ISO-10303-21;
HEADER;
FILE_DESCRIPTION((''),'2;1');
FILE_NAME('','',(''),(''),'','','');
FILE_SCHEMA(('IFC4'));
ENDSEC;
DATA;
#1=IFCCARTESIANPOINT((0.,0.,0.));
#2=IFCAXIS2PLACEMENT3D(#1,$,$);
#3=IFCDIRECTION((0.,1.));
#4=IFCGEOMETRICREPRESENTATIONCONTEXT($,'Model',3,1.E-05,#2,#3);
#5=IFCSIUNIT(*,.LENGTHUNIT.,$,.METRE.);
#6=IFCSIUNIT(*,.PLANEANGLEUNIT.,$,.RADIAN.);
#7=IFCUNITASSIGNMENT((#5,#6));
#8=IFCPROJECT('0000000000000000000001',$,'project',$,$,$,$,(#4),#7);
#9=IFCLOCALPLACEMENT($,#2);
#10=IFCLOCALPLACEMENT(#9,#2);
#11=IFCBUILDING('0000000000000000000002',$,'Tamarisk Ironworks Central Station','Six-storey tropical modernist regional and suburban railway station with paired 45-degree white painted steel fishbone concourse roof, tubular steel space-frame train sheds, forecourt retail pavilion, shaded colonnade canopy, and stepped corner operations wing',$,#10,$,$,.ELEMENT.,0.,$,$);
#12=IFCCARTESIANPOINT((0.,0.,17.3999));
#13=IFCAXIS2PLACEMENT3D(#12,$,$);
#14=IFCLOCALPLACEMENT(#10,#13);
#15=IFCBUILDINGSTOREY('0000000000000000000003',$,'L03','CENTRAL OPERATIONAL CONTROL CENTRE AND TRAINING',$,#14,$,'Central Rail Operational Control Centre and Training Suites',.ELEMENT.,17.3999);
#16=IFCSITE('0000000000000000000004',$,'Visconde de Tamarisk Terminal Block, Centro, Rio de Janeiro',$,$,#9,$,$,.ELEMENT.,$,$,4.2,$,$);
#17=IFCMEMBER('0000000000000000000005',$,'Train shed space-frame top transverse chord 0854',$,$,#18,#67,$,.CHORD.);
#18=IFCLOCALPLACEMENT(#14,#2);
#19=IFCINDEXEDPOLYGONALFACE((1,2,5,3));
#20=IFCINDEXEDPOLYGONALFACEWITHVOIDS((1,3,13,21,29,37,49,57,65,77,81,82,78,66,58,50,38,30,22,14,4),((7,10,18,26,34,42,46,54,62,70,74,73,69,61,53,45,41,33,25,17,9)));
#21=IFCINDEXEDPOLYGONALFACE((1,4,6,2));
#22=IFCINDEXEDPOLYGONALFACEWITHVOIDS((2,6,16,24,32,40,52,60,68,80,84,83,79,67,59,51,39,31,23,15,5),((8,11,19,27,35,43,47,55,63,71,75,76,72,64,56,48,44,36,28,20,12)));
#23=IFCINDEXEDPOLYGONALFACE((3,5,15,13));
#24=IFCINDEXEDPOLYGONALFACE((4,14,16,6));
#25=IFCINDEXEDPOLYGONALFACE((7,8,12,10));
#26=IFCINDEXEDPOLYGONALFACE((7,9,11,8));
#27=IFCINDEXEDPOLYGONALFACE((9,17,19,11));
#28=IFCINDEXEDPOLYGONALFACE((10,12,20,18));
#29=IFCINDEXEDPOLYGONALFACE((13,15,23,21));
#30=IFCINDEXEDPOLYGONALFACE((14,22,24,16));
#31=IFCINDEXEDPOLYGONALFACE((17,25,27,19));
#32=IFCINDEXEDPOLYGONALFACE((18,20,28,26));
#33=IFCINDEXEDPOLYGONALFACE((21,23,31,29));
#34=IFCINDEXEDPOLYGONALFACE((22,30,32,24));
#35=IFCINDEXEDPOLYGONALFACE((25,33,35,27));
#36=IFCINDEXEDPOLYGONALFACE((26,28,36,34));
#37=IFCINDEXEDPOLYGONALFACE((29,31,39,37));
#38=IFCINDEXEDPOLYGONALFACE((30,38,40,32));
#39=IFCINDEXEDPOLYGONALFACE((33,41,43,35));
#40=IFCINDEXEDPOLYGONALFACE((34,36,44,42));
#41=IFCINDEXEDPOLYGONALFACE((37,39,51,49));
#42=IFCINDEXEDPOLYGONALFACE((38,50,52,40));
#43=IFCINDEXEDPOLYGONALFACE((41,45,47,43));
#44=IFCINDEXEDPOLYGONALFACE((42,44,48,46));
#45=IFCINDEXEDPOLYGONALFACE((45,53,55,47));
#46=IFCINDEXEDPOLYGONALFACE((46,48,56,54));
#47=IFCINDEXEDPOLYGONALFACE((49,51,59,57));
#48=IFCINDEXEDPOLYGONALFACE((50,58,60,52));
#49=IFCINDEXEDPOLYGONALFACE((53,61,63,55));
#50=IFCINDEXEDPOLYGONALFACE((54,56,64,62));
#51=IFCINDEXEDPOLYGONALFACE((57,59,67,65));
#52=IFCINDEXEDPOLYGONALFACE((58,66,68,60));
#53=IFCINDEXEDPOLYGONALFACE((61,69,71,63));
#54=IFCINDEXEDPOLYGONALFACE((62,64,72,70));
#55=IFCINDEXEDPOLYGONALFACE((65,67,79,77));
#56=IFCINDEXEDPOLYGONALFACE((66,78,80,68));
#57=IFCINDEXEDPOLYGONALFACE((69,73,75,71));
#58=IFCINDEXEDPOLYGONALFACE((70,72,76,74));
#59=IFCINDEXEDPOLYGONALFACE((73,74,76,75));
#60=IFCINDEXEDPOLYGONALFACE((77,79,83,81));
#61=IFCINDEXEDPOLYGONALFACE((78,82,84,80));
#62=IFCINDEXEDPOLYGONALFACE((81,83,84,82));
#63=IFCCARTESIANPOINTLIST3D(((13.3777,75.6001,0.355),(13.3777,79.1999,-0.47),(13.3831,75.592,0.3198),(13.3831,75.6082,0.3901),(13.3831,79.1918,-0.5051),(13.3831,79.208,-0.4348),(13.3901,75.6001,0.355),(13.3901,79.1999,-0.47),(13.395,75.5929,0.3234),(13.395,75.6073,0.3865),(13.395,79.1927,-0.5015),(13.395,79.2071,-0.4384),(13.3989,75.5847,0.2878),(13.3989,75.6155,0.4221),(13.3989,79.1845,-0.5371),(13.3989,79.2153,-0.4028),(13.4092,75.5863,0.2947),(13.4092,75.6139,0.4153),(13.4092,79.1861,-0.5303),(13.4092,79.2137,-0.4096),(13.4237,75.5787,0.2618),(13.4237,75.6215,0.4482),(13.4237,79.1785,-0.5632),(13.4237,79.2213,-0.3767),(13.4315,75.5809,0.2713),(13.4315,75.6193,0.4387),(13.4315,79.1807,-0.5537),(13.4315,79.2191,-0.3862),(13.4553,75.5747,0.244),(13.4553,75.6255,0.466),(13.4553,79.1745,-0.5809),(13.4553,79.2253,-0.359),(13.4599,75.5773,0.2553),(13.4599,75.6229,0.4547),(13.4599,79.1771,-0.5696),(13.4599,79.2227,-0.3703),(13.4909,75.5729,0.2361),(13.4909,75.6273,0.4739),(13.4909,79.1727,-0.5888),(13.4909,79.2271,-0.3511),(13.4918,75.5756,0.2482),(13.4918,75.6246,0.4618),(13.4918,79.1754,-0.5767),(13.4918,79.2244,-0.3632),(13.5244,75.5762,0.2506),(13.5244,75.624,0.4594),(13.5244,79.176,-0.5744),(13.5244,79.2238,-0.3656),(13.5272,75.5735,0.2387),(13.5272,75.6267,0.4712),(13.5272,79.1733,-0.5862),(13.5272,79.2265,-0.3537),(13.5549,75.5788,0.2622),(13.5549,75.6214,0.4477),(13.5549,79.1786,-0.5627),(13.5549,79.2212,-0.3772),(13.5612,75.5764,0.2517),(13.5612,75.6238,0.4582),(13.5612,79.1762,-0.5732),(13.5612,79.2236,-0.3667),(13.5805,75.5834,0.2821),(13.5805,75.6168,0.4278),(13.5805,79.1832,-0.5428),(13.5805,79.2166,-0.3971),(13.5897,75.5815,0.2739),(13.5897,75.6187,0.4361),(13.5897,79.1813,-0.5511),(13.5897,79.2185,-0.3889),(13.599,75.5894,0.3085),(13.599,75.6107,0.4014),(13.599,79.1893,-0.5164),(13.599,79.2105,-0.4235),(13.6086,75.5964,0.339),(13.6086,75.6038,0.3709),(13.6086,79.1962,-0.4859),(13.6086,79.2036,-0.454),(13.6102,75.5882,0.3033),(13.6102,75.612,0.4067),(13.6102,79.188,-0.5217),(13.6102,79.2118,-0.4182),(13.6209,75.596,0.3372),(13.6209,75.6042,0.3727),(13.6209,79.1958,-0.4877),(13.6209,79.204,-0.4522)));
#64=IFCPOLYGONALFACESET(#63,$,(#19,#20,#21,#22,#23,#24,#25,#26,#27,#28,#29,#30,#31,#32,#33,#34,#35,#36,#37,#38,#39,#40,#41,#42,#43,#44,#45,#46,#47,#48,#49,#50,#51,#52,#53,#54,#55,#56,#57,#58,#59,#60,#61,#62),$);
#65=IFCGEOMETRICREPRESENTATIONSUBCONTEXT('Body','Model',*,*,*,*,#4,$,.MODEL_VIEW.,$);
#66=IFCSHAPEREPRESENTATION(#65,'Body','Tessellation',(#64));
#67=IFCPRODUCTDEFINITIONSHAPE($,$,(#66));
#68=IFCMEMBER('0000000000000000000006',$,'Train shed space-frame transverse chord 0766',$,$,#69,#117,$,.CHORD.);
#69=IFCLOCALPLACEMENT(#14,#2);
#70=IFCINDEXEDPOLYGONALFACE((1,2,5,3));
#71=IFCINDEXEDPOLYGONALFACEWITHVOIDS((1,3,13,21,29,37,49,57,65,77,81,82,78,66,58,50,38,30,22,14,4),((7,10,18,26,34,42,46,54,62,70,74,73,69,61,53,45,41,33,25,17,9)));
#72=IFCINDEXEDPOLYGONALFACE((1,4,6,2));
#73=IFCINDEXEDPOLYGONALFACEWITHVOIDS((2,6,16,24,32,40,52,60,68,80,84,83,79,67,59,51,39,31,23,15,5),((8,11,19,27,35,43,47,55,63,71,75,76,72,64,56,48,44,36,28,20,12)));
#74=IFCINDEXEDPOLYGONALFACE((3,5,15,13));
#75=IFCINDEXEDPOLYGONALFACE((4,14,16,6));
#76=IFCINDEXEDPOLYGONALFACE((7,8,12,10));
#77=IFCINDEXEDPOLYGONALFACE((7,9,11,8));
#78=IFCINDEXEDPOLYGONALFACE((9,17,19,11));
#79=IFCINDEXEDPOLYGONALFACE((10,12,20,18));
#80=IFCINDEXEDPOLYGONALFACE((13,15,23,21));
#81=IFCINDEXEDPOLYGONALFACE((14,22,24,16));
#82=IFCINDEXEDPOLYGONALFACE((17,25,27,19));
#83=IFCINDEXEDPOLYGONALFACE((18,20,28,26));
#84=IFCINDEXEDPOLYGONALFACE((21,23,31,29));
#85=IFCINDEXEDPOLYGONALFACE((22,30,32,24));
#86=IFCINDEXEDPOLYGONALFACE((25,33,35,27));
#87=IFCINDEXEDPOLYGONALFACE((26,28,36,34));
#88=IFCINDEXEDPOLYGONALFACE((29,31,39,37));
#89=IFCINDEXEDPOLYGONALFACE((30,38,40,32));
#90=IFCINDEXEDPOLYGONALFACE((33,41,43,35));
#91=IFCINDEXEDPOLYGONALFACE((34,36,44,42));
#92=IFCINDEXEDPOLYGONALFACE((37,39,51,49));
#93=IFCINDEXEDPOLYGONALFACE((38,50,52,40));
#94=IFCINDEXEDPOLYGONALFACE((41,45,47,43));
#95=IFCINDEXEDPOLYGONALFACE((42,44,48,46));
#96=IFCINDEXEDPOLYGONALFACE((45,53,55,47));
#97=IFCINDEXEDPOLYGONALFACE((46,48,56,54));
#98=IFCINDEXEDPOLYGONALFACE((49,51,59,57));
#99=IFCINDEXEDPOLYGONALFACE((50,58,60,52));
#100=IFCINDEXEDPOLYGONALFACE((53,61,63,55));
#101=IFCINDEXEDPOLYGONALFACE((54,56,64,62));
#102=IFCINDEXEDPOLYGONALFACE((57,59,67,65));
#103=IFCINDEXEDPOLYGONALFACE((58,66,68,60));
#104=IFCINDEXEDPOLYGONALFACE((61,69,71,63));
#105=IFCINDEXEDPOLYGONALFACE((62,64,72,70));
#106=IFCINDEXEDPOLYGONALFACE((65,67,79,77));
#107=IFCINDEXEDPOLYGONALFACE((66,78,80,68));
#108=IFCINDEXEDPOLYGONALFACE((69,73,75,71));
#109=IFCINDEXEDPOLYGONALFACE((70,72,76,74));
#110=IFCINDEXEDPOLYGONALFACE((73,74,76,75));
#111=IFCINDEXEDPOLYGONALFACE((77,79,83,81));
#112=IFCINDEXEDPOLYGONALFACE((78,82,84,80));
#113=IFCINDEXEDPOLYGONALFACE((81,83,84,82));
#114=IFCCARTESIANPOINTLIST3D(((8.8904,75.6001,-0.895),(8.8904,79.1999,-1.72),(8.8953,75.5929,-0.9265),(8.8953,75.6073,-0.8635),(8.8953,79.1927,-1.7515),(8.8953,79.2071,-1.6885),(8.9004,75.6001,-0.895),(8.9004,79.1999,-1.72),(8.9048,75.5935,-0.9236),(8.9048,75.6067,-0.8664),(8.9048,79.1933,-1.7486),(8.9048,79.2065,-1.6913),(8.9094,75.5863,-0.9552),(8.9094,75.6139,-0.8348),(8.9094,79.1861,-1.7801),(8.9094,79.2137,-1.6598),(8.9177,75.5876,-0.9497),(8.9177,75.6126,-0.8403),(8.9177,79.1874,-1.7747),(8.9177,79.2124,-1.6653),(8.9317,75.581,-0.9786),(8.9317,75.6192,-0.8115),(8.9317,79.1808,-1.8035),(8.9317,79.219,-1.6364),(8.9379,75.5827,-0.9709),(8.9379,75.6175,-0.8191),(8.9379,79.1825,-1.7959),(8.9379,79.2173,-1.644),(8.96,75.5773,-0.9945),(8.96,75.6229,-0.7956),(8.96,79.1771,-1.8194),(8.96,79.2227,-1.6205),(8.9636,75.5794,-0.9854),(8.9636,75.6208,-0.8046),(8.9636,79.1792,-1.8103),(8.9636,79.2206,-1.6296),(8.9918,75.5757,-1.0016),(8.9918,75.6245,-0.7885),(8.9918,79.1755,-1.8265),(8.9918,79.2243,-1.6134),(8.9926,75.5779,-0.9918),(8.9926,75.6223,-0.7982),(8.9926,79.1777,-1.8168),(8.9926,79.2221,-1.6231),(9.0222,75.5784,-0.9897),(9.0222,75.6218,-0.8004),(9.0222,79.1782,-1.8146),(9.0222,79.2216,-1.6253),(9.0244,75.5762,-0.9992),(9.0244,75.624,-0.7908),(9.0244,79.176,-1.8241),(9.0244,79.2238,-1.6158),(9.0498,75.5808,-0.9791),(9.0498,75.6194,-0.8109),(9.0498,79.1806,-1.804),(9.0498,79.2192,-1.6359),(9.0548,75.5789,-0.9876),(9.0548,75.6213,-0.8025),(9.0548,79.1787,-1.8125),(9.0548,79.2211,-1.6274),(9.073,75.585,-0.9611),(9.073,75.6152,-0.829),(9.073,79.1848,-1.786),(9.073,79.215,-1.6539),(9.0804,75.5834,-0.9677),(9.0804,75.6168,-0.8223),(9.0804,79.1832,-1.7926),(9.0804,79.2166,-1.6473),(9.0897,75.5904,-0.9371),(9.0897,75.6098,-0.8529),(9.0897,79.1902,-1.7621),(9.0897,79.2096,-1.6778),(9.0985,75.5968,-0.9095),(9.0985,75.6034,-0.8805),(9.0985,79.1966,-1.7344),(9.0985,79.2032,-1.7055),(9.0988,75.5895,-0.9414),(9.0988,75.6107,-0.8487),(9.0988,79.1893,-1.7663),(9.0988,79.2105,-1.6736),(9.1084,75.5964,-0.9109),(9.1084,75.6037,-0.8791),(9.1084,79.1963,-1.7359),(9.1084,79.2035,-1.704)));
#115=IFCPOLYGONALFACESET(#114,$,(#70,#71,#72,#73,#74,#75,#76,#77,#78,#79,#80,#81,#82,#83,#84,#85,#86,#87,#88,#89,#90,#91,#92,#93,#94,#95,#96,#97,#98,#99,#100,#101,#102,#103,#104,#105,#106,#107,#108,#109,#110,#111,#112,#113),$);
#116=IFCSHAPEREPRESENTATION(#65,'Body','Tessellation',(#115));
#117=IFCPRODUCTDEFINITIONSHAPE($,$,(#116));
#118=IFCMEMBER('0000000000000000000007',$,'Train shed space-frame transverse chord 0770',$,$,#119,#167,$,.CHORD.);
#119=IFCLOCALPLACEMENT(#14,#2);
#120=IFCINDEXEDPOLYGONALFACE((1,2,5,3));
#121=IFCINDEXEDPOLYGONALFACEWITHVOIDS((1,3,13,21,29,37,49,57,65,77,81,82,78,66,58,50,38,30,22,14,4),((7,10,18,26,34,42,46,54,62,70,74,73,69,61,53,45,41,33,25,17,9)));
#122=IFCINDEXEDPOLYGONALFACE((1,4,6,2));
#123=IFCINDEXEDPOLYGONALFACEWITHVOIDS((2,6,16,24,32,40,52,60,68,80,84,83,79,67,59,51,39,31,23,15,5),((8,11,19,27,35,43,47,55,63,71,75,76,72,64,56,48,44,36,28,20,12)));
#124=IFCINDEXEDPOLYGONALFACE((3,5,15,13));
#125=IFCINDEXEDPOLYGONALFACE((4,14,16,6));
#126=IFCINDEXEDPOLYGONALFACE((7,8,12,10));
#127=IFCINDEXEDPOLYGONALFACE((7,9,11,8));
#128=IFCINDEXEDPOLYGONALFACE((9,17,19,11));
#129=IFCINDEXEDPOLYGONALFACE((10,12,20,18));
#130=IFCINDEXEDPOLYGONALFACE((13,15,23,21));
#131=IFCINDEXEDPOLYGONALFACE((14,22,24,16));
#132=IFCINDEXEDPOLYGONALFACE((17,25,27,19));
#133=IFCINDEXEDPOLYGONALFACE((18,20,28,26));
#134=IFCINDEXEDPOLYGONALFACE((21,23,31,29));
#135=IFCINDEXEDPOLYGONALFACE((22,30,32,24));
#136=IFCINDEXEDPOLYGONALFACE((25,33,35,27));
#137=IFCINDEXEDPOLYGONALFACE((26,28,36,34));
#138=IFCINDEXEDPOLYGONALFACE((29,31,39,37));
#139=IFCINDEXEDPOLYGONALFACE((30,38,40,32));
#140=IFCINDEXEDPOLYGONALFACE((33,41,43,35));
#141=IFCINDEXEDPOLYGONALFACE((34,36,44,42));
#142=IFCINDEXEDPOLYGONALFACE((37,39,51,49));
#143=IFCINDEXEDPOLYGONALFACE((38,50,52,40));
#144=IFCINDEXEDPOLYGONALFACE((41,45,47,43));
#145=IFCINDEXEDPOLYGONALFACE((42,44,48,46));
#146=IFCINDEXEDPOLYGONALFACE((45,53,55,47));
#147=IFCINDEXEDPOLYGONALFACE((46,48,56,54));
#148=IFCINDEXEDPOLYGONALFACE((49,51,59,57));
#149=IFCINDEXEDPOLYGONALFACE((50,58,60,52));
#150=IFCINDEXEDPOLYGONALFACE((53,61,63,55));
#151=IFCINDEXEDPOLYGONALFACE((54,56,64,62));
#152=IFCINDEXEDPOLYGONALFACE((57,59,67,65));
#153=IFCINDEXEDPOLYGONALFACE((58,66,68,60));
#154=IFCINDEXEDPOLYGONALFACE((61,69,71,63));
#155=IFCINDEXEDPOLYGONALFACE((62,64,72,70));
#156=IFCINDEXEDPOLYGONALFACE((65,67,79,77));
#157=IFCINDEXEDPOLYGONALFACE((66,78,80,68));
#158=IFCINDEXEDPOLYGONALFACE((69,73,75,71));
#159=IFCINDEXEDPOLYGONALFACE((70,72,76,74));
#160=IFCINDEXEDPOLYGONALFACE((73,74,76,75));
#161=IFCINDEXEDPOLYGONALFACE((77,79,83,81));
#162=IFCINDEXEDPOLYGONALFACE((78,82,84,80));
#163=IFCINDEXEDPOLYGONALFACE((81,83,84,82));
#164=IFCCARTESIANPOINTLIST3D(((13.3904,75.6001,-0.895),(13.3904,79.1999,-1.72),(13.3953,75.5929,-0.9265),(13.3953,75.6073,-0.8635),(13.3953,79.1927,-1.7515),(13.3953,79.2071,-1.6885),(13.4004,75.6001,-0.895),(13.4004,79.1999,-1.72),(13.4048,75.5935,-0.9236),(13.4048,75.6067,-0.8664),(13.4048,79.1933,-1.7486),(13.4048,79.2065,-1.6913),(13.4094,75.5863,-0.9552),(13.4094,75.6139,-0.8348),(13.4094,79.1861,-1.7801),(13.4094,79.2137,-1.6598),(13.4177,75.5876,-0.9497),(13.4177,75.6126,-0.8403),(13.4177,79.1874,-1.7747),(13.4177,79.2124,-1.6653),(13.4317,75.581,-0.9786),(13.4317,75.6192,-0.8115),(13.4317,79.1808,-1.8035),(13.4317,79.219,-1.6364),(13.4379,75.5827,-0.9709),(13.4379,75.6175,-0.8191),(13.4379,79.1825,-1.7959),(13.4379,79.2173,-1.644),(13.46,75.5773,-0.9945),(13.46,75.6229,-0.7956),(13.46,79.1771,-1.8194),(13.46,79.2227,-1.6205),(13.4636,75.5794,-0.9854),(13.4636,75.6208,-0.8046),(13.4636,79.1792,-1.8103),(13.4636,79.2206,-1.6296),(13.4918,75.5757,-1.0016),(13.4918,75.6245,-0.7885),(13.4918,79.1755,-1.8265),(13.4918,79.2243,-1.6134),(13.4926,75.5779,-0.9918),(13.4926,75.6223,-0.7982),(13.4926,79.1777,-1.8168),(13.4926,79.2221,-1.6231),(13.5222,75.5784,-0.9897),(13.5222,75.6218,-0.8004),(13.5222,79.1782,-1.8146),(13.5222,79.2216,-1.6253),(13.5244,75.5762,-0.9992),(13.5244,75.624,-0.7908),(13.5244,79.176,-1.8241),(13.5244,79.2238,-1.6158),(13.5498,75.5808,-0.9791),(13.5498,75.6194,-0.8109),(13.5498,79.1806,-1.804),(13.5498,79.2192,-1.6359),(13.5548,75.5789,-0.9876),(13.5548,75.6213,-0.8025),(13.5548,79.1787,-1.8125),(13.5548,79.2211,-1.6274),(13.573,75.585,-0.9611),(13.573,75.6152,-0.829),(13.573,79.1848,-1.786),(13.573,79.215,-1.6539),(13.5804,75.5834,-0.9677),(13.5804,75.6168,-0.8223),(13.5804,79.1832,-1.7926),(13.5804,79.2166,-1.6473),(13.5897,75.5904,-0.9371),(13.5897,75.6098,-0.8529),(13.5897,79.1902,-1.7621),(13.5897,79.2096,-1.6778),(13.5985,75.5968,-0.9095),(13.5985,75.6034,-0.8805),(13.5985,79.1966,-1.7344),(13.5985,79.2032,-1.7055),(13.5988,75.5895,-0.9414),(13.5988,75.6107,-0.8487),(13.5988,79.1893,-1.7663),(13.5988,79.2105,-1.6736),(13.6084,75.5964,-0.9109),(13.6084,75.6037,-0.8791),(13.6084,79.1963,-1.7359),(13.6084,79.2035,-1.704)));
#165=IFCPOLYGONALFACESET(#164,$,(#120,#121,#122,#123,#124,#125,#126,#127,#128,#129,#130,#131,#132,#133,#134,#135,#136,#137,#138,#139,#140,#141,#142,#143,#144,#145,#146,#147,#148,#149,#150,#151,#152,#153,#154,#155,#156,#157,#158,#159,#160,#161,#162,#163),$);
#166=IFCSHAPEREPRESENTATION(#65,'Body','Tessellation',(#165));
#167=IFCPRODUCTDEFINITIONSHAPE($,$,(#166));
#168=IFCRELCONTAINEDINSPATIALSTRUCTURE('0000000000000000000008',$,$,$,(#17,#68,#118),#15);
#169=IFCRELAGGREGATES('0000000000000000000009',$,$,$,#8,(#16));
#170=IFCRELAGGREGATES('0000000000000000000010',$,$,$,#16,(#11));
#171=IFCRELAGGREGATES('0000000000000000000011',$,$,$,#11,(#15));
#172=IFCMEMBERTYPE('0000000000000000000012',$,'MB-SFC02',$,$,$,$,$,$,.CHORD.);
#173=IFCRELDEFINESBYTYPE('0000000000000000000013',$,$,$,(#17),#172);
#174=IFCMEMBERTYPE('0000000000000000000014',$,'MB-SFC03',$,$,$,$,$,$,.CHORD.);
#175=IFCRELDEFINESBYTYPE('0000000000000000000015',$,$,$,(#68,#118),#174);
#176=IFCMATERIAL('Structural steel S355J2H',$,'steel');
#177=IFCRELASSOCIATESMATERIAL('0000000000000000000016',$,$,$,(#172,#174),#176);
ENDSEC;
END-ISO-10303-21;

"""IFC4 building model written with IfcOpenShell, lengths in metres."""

from ifc_helpers import new_model, si_unit, direction, frame, origin, origin_2d, place, context, subcontext, project, spatial, hollow_circle, extrude, material, material_profile, profile_set, type_object, element, save


model = new_model("IFC4")

# Units and contexts
model_context = context("Model", 3, precision=1e-05, world=origin(), true_north=direction((0.0, 1.0)))
body_context = subcontext(model_context, "Body", "Model", "MODEL_VIEW")
ifc_project = project(units=[si_unit("LENGTHUNIT", "METRE"), si_unit("PLANEANGLEUNIT", "RADIAN")], contexts=[model_context])

# Site, building, storey
site_placement = place(None, origin())
site = spatial("IfcSite", under=ifc_project, at=site_placement, Name="Visconde de Tamarisk Terminal Block, Centro, Rio de Janeiro", CompositionType="ELEMENT", RefElevation=4.2)
building_placement = place(site_placement, origin())
building = spatial("IfcBuilding", under=site, at=building_placement, Name="Tamarisk Ironworks Central Station", Description="Six-storey tropical modernist regional and suburban railway station with paired 45-degree white painted steel fishbone concourse roof, tubular steel space-frame train sheds, forecourt retail pavilion, shaded colonnade canopy, and stepped corner operations wing", CompositionType="ELEMENT", ElevationOfRefHeight=0.0)
storey_placement = place(building_placement, frame((0.0, 0.0, 17.3999)))
storey = spatial("IfcBuildingStorey", under=building, at=storey_placement, Name="L03", Description="CENTRAL OPERATIONAL CONTROL CENTRE AND TRAINING", LongName="Central Rail Operational Control Centre and Training Suites", CompositionType="ELEMENT", Elevation=17.3999)

# Members
ifc_material_1 = material(Name="Structural steel S355J2H", Category="steel")
ifc_material_profile_1 = material_profile(ifc_material_1, hollow_circle(Radius=0.1223, WallThickness=0.0125, at=origin_2d()), Name="CHS 244.5x12.5")
ifc_profile_set_1 = profile_set([ifc_material_profile_1], Name="Structural steel S355J2H")
member_type_1 = type_object("IfcMemberType", Name="MB-SFC02", PredefinedType="CHORD", material=ifc_profile_set_1)
for number, where, z_axis, x_axis, name in (
    (1, (13.5, 75.6001, 0.355), (0.0, 0.974733, -0.223372), (-1.0, 0.0, 0.0), "Train shed space-frame top transverse chord 0854"),
):
    element("IfcMember", number, at=place(storey_placement, frame(where, z_axis=z_axis, x_axis=x_axis)), inside=storey, type_object=member_type_1, Name=name, PredefinedType="CHORD", context=body_context, shape_type="SweptSolid", body=[
        extrude(hollow_circle(Radius=0.1223, WallThickness=0.0125, at=origin_2d()), origin(), (0.0, 0.0, 1.0), 3.6931),
    ])
ifc_material_profile_2 = material_profile(ifc_material_1, hollow_circle(Radius=0.1096, WallThickness=0.01, at=origin_2d()), Name="CHS 219.1x10")
ifc_profile_set_2 = profile_set([ifc_material_profile_2], Name="Structural steel S355J2H")
member_type_2 = type_object("IfcMemberType", Name="MB-SFC03", PredefinedType="CHORD", material=ifc_profile_set_2)
for number, where, z_axis, x_axis, name in (
    (2, (9.0, 75.6001, -0.895), (0.0, 0.974733, -0.223372), (-1.0, 0.0, 0.0), "Train shed space-frame transverse chord 0766"),
    (3, (13.5, 75.6001, -0.895), (0.0, 0.974733, -0.223372), (-1.0, 0.0, 0.0), "Train shed space-frame transverse chord 0770"),
):
    element("IfcMember", number, at=place(storey_placement, frame(where, z_axis=z_axis, x_axis=x_axis)), inside=storey, type_object=member_type_2, Name=name, PredefinedType="CHORD", context=body_context, shape_type="SweptSolid", body=[
        extrude(hollow_circle(Radius=0.1096, WallThickness=0.01, at=origin_2d()), origin(), (0.0, 0.0, 1.0), 3.6931),
    ])

save(model, "model.ifc")
